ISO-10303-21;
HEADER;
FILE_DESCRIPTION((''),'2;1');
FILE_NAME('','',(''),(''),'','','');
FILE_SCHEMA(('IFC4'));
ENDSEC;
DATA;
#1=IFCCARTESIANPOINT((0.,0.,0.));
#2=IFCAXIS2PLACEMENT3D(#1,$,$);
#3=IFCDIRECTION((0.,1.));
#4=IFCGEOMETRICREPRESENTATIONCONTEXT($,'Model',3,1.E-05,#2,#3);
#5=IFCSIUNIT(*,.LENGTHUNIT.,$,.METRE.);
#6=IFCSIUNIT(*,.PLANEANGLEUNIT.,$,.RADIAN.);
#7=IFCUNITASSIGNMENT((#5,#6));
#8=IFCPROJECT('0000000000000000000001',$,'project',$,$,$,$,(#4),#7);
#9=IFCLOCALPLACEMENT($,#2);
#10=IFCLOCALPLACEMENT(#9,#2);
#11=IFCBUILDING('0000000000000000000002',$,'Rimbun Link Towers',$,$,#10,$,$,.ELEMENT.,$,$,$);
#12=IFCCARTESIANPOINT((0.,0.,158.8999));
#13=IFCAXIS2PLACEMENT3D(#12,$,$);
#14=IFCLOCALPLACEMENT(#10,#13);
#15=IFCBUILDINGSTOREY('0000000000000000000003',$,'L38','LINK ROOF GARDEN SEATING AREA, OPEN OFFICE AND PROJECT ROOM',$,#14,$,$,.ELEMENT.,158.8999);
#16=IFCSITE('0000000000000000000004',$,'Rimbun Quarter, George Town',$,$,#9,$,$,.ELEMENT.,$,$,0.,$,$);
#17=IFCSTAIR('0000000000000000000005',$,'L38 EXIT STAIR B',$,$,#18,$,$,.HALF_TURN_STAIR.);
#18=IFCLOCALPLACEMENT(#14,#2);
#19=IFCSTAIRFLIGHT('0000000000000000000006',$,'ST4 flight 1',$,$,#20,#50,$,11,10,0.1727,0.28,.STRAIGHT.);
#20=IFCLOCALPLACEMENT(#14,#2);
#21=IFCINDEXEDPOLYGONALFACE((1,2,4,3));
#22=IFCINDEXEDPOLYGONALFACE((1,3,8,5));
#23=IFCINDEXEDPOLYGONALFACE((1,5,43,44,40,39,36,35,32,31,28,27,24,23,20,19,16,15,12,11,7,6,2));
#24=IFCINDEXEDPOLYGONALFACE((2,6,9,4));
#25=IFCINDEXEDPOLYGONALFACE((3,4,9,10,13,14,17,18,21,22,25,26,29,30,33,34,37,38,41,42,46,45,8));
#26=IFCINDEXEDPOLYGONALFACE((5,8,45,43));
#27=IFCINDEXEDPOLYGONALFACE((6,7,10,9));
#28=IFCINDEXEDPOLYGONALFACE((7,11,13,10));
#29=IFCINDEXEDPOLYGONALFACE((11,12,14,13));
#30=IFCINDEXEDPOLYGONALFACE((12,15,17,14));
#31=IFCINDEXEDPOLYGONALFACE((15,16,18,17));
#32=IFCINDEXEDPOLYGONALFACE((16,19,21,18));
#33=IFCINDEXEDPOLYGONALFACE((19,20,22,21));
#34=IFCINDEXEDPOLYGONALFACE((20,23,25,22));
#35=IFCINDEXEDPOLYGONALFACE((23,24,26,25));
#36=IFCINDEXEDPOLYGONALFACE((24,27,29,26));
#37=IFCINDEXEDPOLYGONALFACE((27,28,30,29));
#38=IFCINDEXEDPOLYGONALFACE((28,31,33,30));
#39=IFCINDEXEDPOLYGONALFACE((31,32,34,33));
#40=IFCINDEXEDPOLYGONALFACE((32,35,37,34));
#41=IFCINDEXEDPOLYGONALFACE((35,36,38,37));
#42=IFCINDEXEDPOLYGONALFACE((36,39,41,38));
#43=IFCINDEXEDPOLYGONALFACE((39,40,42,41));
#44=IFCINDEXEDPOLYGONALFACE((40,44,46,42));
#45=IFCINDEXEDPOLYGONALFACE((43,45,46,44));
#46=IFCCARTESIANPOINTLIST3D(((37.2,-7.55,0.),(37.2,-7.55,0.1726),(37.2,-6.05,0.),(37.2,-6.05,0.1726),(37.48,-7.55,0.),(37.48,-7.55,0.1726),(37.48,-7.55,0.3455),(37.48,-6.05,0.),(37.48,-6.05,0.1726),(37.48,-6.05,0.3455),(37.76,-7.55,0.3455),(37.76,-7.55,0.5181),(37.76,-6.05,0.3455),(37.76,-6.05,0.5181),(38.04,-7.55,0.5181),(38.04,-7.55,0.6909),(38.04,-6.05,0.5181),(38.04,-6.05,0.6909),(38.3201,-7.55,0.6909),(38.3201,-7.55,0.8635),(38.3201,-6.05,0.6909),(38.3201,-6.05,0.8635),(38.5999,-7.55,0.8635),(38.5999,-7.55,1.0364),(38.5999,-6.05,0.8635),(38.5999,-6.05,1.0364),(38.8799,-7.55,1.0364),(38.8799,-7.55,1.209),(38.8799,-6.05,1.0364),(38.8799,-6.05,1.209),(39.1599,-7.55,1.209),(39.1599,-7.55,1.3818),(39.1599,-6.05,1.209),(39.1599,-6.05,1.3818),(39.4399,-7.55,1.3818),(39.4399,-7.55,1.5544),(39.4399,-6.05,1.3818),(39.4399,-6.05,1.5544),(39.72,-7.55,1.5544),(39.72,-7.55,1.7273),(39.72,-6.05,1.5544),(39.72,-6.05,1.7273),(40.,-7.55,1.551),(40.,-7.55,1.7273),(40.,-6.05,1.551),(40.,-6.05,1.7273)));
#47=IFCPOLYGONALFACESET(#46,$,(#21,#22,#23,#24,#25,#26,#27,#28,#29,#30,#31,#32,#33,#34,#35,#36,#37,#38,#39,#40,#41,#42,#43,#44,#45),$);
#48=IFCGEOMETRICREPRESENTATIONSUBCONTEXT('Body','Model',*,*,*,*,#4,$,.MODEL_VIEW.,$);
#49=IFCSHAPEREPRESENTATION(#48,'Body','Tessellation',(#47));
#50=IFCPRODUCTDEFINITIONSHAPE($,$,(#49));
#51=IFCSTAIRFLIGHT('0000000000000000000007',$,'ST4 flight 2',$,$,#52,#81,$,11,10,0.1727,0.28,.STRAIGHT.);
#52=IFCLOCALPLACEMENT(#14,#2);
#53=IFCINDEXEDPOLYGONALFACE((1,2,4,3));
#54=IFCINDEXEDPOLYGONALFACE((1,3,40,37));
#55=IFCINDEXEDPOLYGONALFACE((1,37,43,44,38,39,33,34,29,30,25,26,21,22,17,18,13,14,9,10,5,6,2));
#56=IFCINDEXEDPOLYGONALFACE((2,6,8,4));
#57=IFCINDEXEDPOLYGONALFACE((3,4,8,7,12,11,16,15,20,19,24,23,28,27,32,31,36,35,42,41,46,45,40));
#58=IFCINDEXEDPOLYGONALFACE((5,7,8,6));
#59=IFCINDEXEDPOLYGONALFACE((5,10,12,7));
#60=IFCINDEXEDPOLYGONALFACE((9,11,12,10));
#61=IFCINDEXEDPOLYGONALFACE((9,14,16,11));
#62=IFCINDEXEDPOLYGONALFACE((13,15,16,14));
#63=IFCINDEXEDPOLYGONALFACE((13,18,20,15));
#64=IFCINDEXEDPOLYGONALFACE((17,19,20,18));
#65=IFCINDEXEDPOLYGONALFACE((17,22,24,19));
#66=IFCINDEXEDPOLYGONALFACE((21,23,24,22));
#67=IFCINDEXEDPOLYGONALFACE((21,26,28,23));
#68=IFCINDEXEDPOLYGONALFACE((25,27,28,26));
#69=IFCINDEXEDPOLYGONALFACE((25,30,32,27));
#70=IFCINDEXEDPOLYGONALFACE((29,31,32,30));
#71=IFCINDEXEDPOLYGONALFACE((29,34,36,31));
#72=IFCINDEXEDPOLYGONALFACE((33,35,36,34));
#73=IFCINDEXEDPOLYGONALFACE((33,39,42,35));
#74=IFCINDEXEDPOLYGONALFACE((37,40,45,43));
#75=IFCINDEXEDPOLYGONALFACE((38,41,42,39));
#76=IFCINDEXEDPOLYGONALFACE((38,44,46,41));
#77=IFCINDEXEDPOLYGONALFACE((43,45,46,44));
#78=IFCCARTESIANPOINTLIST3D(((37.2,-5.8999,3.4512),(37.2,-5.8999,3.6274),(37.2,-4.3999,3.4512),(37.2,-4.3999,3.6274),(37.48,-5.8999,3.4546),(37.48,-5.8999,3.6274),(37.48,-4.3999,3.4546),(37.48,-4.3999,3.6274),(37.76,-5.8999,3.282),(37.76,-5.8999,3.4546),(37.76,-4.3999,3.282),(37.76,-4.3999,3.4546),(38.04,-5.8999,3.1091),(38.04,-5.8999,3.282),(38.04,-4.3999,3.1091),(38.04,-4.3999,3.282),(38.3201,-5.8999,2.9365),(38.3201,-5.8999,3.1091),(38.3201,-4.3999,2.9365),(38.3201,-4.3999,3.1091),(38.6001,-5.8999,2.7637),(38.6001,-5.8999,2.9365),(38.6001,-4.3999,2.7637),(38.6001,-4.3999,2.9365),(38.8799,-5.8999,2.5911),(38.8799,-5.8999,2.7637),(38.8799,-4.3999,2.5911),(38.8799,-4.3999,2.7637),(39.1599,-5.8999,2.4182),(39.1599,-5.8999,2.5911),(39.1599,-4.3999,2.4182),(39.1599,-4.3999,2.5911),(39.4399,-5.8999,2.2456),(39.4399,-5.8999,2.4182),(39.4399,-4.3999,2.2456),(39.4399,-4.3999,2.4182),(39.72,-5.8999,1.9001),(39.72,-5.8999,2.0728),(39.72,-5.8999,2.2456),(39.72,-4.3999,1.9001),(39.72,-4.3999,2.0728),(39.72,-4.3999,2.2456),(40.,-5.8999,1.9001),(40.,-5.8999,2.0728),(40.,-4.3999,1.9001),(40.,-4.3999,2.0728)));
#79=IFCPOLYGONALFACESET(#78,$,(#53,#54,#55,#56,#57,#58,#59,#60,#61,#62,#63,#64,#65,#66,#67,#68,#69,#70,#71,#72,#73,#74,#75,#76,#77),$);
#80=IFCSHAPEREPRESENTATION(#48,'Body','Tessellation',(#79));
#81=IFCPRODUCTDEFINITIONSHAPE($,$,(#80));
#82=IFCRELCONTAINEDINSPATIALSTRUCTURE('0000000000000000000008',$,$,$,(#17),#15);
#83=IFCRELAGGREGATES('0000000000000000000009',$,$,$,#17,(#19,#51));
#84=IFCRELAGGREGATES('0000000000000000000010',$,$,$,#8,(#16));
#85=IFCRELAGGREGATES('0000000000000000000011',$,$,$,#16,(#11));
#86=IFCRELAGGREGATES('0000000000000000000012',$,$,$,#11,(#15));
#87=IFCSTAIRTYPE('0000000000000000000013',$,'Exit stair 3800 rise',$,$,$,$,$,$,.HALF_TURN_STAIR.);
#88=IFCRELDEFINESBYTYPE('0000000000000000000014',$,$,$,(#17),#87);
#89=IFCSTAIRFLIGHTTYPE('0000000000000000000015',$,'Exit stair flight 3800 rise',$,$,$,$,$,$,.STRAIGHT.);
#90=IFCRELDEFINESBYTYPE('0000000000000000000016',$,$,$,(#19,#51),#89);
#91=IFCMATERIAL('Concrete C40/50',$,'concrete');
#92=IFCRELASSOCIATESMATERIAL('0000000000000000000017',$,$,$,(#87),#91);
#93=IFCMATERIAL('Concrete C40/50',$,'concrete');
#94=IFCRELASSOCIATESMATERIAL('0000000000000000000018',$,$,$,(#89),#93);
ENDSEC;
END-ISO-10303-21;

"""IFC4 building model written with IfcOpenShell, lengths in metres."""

from ifc_helpers import new_model, si_unit, direction, frame, origin, place, context, subcontext, project, spatial, polyline, outline, extrude, material, type_object, element, aggregate, save


model = new_model("IFC4")

# Units and contexts
model_context = context("Model", 3, precision=1e-05, world=origin(), true_north=direction((0.0, 1.0)))
body_context = subcontext(model_context, "Body", "Model", "MODEL_VIEW")
ifc_project = project(units=[si_unit("LENGTHUNIT", "METRE"), si_unit("PLANEANGLEUNIT", "RADIAN")], contexts=[model_context])

# Site, building, storey
site_placement = place(None, origin())
site = spatial("IfcSite", under=ifc_project, at=site_placement, Name="Rimbun Quarter, George Town", CompositionType="ELEMENT", RefElevation=0.0)
building_placement = place(site_placement, origin())
building = spatial("IfcBuilding", under=site, at=building_placement, Name="Rimbun Link Towers", CompositionType="ELEMENT")
storey_placement = place(building_placement, frame((0.0, 0.0, 158.8999)))
storey = spatial("IfcBuildingStorey", under=building, at=storey_placement, Name="L38", Description="LINK ROOF GARDEN SEATING AREA, OPEN OFFICE AND PROJECT ROOM", CompositionType="ELEMENT", Elevation=158.8999)

# Stair, stair flights
ifc_material_1 = material(Name="Concrete C40/50", Category="concrete")
stair_type = type_object("IfcStairType", Name="Exit stair 3800 rise", PredefinedType="HALF_TURN_STAIR", material=ifc_material_1)
stair_placement = place(storey_placement, origin())
stair = element("IfcStair", 1, at=stair_placement, inside=storey, type_object=stair_type, Name="L38 EXIT STAIR B", PredefinedType="HALF_TURN_STAIR")
ifc_material_2 = material(Name="Concrete C40/50", Category="concrete")
stair_flight_type = type_object("IfcStairFlightType", Name="Exit stair flight 3800 rise", PredefinedType="STRAIGHT", material=ifc_material_2)
stair_flight_1_placement = place(storey_placement, frame((37.2, -6.8, 0.0), z_axis=(0.0, 0.0, 1.0), x_axis=(1.0, 0.0, 0.0)))
stair_flight_1 = element("IfcStairFlight", 2, at=stair_flight_1_placement, type_object=stair_flight_type, Name="ST4 flight 1", NumberOfRisers=11, NumberOfTreads=10, PredefinedType="STRAIGHT", RiserHeight=0.1727, TreadLength=0.28, context=body_context, shape_type="SweptSolid", body=[
    extrude(outline(polyline([(0.0, 0.0), (0.0, 0.1726), (0.28, 0.1726), (0.28, 0.3455), (0.5601, 0.3455), (0.5601, 0.5181), (0.8401, 0.5181), (0.8401, 0.6909), (1.1201, 0.6909), (1.1201, 0.8635), (1.3999, 0.8635), (1.3999, 1.0364), (1.6799, 1.0364), (1.6799, 1.209), (1.96, 1.209), (1.96, 1.3818), (2.24, 1.3818), (2.24, 1.5544), (2.52, 1.5544), (2.52, 1.7273), (2.8, 1.7273), (2.8, 1.8999), (2.8, 1.551), (0.28, 0.0), (0.0, 0.0)])), frame((0.0, 0.75, 0.0), z_axis=(0.0, -1.0, 0.0), x_axis=(1.0, 0.0, 0.0)), (0.0, 0.0, 1.0), 1.5),
])
stair_flight_2_placement = place(storey_placement, frame((40.0, -5.1499, 1.9001), z_axis=(0.0, 0.0, 1.0), x_axis=(-1.0, 0.0, 0.0)))
stair_flight_2 = element("IfcStairFlight", 3, at=stair_flight_2_placement, type_object=stair_flight_type, Name="ST4 flight 2", NumberOfRisers=11, NumberOfTreads=10, PredefinedType="STRAIGHT", RiserHeight=0.1727, TreadLength=0.28, context=body_context, shape_type="SweptSolid", body=[
    extrude(outline(polyline([(0.0, 0.0), (0.0, 0.1726), (0.28, 0.1726), (0.28, 0.3455), (0.5601, 0.3455), (0.5601, 0.5181), (0.8401, 0.5181), (0.8401, 0.6909), (1.1201, 0.6909), (1.1201, 0.8635), (1.3999, 0.8635), (1.3999, 1.0364), (1.6799, 1.0364), (1.6799, 1.209), (1.96, 1.209), (1.96, 1.3818), (2.24, 1.3818), (2.24, 1.5544), (2.52, 1.5544), (2.52, 1.7273), (2.8, 1.7273), (2.8, 1.8999), (2.8, 1.551), (0.28, 0.0), (0.0, 0.0)])), frame((0.0, 0.75, 0.0), z_axis=(0.0, -1.0, 0.0), x_axis=(1.0, 0.0, 0.0)), (0.0, 0.0, 1.0), 1.5),
])
aggregate(stair, [stair_flight_1, stair_flight_2])

save(model, "model.ifc")
